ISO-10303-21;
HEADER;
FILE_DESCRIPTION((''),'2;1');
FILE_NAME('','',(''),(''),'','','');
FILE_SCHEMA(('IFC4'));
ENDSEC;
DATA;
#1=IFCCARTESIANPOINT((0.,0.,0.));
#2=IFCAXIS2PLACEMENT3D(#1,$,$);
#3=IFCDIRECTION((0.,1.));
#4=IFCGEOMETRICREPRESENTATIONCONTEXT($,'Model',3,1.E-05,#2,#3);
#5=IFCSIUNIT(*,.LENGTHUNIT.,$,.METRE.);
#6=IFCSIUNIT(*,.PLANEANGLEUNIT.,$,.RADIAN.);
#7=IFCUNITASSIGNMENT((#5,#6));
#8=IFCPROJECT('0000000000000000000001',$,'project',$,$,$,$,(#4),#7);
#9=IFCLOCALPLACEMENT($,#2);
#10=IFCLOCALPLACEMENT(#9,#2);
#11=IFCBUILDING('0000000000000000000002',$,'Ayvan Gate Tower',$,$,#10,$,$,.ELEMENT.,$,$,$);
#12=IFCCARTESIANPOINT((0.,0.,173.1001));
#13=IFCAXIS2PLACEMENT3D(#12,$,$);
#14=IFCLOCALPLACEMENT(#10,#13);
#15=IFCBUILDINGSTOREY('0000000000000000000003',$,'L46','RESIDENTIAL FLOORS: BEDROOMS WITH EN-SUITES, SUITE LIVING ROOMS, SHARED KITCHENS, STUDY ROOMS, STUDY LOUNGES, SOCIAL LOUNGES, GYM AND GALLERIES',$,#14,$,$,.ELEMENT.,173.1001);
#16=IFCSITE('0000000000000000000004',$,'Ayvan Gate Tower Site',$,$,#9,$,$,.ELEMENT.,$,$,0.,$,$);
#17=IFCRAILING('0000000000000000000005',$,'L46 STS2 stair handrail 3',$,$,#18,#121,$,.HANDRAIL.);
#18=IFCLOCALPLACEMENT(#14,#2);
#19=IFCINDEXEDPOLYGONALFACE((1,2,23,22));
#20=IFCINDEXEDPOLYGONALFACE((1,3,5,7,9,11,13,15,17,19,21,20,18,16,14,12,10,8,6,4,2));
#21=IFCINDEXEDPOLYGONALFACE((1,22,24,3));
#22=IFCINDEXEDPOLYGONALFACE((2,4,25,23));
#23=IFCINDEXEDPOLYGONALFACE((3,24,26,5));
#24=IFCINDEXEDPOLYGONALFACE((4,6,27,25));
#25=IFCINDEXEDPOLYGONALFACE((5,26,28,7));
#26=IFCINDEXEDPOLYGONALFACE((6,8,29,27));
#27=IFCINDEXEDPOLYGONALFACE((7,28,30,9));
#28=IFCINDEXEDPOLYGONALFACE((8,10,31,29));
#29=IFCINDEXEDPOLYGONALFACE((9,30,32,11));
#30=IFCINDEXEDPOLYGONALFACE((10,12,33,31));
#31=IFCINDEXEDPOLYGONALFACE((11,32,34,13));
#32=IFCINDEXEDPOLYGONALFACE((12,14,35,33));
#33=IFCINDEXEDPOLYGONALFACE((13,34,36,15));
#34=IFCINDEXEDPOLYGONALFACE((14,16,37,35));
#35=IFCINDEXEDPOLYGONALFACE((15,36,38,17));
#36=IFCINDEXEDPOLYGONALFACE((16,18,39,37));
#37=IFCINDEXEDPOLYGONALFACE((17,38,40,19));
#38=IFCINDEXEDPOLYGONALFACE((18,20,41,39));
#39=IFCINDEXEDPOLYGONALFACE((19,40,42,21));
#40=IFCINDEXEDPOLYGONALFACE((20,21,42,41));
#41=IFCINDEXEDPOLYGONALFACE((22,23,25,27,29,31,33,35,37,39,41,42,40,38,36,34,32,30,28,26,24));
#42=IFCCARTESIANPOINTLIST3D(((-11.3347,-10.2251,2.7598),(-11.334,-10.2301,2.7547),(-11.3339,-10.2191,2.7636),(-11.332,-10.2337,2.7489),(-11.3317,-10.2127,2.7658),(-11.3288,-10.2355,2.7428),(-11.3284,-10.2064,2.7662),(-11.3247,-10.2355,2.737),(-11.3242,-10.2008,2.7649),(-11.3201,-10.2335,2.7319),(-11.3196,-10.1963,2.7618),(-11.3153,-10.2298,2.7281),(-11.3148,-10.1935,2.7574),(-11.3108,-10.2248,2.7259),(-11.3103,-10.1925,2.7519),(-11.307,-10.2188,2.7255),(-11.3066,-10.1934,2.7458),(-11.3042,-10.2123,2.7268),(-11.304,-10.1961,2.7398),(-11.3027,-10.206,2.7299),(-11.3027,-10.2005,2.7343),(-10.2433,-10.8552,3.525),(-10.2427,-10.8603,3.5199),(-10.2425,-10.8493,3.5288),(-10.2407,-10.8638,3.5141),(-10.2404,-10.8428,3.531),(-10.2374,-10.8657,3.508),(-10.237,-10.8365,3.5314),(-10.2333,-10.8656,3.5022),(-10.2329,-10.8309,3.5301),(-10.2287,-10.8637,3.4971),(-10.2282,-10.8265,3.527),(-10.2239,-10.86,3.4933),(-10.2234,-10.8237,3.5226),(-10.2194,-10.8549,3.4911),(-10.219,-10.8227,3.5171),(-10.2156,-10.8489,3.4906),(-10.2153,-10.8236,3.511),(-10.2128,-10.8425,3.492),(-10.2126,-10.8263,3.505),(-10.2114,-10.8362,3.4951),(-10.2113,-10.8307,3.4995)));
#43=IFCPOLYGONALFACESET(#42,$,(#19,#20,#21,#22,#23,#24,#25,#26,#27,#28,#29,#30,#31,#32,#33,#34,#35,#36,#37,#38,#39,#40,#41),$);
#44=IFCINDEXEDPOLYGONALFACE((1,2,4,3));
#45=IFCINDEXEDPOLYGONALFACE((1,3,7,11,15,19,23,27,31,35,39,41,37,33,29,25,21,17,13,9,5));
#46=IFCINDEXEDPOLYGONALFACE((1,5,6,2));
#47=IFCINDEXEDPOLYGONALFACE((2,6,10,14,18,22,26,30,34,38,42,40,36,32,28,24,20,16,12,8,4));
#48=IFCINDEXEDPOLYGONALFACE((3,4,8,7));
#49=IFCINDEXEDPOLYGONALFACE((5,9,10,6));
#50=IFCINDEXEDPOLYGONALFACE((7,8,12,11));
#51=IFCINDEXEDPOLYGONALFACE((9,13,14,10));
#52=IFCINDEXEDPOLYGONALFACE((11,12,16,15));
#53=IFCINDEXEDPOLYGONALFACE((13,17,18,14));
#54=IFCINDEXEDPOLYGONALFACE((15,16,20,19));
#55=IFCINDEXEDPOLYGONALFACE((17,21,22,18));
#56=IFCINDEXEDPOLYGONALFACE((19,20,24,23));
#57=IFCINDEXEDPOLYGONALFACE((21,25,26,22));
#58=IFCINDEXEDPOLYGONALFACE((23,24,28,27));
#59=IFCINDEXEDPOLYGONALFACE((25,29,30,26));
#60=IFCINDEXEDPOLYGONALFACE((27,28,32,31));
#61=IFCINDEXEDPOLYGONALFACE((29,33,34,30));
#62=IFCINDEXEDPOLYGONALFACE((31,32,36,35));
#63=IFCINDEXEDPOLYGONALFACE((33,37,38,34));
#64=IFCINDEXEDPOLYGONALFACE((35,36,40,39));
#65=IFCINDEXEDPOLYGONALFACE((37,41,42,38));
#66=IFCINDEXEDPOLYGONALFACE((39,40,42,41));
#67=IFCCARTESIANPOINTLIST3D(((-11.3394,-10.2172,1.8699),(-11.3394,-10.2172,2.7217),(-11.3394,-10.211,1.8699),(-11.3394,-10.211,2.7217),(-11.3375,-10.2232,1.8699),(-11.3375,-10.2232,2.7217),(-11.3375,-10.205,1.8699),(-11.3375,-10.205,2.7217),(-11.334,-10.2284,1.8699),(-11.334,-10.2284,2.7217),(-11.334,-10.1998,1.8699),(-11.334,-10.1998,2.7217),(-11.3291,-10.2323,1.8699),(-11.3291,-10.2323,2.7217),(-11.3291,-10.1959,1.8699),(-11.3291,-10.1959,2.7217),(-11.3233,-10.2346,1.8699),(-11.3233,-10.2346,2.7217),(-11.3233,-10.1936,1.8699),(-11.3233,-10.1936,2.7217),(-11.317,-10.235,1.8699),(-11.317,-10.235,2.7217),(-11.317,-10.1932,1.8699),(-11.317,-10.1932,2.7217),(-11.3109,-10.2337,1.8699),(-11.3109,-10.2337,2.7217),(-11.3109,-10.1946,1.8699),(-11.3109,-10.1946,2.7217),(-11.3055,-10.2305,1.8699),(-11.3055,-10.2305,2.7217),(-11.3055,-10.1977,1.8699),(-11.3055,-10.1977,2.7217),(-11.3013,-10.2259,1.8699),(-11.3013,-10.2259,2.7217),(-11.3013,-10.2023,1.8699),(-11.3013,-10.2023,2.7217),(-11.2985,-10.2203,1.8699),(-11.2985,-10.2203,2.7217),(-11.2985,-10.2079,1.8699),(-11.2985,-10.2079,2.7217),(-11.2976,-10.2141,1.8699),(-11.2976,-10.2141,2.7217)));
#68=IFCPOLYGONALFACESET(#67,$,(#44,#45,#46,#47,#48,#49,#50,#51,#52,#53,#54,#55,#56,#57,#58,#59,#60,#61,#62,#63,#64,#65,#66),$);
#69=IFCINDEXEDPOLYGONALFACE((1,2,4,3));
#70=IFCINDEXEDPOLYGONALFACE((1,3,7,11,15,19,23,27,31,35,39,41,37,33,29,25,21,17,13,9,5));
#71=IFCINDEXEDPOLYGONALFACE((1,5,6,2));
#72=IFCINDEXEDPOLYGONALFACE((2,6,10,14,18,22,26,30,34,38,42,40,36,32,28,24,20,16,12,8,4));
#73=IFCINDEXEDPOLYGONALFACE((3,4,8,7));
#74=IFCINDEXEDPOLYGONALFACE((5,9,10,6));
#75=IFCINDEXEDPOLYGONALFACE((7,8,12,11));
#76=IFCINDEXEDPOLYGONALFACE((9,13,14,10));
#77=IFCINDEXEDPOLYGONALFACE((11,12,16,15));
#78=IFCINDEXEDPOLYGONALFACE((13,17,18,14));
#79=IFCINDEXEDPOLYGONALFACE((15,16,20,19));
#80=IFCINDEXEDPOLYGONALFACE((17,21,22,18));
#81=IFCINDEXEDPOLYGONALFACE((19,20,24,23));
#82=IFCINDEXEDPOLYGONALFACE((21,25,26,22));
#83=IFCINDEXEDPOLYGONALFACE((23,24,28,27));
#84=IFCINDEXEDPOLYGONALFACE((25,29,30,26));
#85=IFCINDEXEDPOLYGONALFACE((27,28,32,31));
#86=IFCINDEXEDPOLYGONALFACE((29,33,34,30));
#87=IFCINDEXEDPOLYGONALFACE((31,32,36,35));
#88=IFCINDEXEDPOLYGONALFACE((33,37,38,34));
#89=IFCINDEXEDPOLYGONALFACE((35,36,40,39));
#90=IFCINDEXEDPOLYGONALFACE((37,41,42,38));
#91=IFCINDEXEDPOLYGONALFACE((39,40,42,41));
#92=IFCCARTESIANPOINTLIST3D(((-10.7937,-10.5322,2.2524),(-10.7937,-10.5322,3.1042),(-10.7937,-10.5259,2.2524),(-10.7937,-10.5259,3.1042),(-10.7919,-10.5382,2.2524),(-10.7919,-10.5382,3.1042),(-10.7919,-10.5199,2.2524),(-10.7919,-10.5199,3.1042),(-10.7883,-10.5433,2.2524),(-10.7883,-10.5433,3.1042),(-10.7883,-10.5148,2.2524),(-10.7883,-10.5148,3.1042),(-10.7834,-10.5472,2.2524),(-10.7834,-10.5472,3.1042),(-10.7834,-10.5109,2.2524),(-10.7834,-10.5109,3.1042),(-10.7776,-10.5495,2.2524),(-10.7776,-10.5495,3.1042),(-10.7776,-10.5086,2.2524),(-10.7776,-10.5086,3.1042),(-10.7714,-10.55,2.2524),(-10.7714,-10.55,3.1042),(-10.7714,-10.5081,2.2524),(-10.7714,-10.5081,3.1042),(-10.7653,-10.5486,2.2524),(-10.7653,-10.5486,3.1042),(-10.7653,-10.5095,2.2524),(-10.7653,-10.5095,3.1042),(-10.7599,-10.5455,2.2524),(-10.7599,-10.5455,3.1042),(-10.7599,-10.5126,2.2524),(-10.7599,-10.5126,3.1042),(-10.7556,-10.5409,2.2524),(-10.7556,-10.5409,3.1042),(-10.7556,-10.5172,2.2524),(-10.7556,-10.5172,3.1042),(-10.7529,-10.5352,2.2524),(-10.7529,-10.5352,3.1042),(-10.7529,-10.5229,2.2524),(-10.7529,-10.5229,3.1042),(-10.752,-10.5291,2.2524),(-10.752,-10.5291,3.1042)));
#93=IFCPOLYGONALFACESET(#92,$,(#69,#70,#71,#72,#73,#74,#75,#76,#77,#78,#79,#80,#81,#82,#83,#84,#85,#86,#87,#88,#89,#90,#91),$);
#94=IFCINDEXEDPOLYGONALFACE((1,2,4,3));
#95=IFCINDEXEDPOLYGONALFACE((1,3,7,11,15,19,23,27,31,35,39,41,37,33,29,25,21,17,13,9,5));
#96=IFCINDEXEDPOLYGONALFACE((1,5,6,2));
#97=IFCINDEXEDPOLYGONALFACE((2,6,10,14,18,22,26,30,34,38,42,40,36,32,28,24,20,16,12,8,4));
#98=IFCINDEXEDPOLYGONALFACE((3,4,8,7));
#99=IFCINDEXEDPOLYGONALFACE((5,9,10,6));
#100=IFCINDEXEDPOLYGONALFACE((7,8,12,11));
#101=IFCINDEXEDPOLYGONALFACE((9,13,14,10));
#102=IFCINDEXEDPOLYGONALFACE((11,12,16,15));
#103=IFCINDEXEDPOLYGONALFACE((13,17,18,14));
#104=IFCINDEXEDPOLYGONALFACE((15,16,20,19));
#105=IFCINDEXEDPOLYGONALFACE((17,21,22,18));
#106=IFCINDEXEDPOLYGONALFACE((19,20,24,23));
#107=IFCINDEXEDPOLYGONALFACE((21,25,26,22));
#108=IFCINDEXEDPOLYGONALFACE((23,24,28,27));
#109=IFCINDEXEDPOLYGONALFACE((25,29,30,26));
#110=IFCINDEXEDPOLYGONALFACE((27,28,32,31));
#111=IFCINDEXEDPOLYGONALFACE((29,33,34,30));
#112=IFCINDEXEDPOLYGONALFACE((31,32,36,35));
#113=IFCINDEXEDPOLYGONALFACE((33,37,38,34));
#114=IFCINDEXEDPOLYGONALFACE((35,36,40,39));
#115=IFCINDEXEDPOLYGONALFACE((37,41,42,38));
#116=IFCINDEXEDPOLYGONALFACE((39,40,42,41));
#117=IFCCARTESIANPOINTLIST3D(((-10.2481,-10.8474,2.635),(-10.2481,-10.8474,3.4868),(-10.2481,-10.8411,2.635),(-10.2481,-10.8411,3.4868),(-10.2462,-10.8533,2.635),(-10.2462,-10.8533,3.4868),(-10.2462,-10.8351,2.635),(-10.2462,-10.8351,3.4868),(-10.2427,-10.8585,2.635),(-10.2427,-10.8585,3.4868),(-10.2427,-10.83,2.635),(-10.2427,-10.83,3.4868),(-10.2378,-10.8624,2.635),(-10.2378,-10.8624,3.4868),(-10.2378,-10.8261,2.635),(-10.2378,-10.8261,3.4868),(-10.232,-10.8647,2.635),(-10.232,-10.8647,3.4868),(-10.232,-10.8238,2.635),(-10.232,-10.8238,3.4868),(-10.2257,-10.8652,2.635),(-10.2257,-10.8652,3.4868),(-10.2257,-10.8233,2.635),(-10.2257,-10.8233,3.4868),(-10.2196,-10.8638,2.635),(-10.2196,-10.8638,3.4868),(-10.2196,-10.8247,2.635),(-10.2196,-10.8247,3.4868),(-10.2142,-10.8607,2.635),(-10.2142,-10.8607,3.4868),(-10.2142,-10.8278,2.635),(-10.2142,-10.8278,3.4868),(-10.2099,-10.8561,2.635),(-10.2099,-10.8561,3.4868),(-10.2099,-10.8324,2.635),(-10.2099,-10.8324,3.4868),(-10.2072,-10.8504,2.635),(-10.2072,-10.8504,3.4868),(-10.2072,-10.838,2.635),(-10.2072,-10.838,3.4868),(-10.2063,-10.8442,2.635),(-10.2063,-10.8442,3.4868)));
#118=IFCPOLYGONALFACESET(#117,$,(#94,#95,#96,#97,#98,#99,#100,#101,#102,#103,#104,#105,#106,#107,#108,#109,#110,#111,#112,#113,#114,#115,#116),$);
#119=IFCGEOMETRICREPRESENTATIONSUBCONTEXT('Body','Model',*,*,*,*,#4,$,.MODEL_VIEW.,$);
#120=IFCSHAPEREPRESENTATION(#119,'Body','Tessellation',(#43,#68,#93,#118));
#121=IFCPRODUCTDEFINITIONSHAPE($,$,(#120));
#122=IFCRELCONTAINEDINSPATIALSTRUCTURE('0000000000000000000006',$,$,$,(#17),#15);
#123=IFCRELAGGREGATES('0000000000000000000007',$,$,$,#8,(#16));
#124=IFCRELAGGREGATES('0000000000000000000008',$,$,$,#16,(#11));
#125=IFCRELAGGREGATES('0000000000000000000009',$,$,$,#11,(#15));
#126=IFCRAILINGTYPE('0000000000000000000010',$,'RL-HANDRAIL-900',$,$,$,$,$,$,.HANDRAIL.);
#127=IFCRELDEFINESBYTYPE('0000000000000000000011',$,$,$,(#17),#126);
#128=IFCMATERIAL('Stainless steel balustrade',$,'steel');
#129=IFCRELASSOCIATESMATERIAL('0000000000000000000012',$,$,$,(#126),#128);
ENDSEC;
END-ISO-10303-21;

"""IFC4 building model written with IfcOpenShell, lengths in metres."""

from ifc_helpers import new_model, si_unit, direction, frame, origin, origin_2d, place, context, subcontext, project, spatial, circle, extrude, material, type_object, element, save


model = new_model("IFC4")

# Units and contexts
model_context = context("Model", 3, precision=1e-05, world=origin(), true_north=direction((0.0, 1.0)))
body_context = subcontext(model_context, "Body", "Model", "MODEL_VIEW")
ifc_project = project(units=[si_unit("LENGTHUNIT", "METRE"), si_unit("PLANEANGLEUNIT", "RADIAN")], contexts=[model_context])

# Site, building, storey
site_placement = place(None, origin())
site = spatial("IfcSite", under=ifc_project, at=site_placement, Name="Ayvan Gate Tower Site", CompositionType="ELEMENT", RefElevation=0.0)
building_placement = place(site_placement, origin())
building = spatial("IfcBuilding", under=site, at=building_placement, Name="Ayvan Gate Tower", CompositionType="ELEMENT")
storey_placement = place(building_placement, frame((0.0, 0.0, 173.1001)))
storey = spatial("IfcBuildingStorey", under=building, at=storey_placement, Name="L46", Description="RESIDENTIAL FLOORS: BEDROOMS WITH EN-SUITES, SUITE LIVING ROOMS, SHARED KITCHENS, STUDY ROOMS, STUDY LOUNGES, SOCIAL LOUNGES, GYM AND GALLERIES", CompositionType="ELEMENT", Elevation=173.1001)

# Railing
ifc_material_1 = material(Name="Stainless steel balustrade", Category="steel")
railing_type_1 = type_object("IfcRailingType", Name="RL-HANDRAIL-900", PredefinedType="HANDRAIL", material=ifc_material_1)
railing_1_placement = place(storey_placement, frame((-11.3186, -10.2141, 1.8699)))
element("IfcRailing", 1, at=railing_1_placement, inside=storey, type_object=railing_type_1, Name="L46 STS2 stair handrail 3", PredefinedType="HANDRAIL", context=body_context, shape_type="SweptSolid", body=[
    extrude(circle(Radius=0.0239, at=origin_2d()), frame((0.0, 0.0, 0.876), z_axis=(0.740241, -0.427419, 0.518996), x_axis=(0.500035, 0.866005, 0.0)), (0.0, 0.0, 1.0), 1.4744),
    extrude(circle(Radius=0.021, at=origin_2d()), origin(), (0.0, 0.0, 1.0), 0.8518),
    extrude(circle(Radius=0.021, at=origin_2d()), frame((0.5457, -0.3149, 0.3826)), (0.0, 0.0, 1.0), 0.8518),
    extrude(circle(Radius=0.021, at=origin_2d()), frame((1.0913, -0.6301, 0.7651)), (0.0, 0.0, 1.0), 0.8518),
])

save(model, "model.ifc")
